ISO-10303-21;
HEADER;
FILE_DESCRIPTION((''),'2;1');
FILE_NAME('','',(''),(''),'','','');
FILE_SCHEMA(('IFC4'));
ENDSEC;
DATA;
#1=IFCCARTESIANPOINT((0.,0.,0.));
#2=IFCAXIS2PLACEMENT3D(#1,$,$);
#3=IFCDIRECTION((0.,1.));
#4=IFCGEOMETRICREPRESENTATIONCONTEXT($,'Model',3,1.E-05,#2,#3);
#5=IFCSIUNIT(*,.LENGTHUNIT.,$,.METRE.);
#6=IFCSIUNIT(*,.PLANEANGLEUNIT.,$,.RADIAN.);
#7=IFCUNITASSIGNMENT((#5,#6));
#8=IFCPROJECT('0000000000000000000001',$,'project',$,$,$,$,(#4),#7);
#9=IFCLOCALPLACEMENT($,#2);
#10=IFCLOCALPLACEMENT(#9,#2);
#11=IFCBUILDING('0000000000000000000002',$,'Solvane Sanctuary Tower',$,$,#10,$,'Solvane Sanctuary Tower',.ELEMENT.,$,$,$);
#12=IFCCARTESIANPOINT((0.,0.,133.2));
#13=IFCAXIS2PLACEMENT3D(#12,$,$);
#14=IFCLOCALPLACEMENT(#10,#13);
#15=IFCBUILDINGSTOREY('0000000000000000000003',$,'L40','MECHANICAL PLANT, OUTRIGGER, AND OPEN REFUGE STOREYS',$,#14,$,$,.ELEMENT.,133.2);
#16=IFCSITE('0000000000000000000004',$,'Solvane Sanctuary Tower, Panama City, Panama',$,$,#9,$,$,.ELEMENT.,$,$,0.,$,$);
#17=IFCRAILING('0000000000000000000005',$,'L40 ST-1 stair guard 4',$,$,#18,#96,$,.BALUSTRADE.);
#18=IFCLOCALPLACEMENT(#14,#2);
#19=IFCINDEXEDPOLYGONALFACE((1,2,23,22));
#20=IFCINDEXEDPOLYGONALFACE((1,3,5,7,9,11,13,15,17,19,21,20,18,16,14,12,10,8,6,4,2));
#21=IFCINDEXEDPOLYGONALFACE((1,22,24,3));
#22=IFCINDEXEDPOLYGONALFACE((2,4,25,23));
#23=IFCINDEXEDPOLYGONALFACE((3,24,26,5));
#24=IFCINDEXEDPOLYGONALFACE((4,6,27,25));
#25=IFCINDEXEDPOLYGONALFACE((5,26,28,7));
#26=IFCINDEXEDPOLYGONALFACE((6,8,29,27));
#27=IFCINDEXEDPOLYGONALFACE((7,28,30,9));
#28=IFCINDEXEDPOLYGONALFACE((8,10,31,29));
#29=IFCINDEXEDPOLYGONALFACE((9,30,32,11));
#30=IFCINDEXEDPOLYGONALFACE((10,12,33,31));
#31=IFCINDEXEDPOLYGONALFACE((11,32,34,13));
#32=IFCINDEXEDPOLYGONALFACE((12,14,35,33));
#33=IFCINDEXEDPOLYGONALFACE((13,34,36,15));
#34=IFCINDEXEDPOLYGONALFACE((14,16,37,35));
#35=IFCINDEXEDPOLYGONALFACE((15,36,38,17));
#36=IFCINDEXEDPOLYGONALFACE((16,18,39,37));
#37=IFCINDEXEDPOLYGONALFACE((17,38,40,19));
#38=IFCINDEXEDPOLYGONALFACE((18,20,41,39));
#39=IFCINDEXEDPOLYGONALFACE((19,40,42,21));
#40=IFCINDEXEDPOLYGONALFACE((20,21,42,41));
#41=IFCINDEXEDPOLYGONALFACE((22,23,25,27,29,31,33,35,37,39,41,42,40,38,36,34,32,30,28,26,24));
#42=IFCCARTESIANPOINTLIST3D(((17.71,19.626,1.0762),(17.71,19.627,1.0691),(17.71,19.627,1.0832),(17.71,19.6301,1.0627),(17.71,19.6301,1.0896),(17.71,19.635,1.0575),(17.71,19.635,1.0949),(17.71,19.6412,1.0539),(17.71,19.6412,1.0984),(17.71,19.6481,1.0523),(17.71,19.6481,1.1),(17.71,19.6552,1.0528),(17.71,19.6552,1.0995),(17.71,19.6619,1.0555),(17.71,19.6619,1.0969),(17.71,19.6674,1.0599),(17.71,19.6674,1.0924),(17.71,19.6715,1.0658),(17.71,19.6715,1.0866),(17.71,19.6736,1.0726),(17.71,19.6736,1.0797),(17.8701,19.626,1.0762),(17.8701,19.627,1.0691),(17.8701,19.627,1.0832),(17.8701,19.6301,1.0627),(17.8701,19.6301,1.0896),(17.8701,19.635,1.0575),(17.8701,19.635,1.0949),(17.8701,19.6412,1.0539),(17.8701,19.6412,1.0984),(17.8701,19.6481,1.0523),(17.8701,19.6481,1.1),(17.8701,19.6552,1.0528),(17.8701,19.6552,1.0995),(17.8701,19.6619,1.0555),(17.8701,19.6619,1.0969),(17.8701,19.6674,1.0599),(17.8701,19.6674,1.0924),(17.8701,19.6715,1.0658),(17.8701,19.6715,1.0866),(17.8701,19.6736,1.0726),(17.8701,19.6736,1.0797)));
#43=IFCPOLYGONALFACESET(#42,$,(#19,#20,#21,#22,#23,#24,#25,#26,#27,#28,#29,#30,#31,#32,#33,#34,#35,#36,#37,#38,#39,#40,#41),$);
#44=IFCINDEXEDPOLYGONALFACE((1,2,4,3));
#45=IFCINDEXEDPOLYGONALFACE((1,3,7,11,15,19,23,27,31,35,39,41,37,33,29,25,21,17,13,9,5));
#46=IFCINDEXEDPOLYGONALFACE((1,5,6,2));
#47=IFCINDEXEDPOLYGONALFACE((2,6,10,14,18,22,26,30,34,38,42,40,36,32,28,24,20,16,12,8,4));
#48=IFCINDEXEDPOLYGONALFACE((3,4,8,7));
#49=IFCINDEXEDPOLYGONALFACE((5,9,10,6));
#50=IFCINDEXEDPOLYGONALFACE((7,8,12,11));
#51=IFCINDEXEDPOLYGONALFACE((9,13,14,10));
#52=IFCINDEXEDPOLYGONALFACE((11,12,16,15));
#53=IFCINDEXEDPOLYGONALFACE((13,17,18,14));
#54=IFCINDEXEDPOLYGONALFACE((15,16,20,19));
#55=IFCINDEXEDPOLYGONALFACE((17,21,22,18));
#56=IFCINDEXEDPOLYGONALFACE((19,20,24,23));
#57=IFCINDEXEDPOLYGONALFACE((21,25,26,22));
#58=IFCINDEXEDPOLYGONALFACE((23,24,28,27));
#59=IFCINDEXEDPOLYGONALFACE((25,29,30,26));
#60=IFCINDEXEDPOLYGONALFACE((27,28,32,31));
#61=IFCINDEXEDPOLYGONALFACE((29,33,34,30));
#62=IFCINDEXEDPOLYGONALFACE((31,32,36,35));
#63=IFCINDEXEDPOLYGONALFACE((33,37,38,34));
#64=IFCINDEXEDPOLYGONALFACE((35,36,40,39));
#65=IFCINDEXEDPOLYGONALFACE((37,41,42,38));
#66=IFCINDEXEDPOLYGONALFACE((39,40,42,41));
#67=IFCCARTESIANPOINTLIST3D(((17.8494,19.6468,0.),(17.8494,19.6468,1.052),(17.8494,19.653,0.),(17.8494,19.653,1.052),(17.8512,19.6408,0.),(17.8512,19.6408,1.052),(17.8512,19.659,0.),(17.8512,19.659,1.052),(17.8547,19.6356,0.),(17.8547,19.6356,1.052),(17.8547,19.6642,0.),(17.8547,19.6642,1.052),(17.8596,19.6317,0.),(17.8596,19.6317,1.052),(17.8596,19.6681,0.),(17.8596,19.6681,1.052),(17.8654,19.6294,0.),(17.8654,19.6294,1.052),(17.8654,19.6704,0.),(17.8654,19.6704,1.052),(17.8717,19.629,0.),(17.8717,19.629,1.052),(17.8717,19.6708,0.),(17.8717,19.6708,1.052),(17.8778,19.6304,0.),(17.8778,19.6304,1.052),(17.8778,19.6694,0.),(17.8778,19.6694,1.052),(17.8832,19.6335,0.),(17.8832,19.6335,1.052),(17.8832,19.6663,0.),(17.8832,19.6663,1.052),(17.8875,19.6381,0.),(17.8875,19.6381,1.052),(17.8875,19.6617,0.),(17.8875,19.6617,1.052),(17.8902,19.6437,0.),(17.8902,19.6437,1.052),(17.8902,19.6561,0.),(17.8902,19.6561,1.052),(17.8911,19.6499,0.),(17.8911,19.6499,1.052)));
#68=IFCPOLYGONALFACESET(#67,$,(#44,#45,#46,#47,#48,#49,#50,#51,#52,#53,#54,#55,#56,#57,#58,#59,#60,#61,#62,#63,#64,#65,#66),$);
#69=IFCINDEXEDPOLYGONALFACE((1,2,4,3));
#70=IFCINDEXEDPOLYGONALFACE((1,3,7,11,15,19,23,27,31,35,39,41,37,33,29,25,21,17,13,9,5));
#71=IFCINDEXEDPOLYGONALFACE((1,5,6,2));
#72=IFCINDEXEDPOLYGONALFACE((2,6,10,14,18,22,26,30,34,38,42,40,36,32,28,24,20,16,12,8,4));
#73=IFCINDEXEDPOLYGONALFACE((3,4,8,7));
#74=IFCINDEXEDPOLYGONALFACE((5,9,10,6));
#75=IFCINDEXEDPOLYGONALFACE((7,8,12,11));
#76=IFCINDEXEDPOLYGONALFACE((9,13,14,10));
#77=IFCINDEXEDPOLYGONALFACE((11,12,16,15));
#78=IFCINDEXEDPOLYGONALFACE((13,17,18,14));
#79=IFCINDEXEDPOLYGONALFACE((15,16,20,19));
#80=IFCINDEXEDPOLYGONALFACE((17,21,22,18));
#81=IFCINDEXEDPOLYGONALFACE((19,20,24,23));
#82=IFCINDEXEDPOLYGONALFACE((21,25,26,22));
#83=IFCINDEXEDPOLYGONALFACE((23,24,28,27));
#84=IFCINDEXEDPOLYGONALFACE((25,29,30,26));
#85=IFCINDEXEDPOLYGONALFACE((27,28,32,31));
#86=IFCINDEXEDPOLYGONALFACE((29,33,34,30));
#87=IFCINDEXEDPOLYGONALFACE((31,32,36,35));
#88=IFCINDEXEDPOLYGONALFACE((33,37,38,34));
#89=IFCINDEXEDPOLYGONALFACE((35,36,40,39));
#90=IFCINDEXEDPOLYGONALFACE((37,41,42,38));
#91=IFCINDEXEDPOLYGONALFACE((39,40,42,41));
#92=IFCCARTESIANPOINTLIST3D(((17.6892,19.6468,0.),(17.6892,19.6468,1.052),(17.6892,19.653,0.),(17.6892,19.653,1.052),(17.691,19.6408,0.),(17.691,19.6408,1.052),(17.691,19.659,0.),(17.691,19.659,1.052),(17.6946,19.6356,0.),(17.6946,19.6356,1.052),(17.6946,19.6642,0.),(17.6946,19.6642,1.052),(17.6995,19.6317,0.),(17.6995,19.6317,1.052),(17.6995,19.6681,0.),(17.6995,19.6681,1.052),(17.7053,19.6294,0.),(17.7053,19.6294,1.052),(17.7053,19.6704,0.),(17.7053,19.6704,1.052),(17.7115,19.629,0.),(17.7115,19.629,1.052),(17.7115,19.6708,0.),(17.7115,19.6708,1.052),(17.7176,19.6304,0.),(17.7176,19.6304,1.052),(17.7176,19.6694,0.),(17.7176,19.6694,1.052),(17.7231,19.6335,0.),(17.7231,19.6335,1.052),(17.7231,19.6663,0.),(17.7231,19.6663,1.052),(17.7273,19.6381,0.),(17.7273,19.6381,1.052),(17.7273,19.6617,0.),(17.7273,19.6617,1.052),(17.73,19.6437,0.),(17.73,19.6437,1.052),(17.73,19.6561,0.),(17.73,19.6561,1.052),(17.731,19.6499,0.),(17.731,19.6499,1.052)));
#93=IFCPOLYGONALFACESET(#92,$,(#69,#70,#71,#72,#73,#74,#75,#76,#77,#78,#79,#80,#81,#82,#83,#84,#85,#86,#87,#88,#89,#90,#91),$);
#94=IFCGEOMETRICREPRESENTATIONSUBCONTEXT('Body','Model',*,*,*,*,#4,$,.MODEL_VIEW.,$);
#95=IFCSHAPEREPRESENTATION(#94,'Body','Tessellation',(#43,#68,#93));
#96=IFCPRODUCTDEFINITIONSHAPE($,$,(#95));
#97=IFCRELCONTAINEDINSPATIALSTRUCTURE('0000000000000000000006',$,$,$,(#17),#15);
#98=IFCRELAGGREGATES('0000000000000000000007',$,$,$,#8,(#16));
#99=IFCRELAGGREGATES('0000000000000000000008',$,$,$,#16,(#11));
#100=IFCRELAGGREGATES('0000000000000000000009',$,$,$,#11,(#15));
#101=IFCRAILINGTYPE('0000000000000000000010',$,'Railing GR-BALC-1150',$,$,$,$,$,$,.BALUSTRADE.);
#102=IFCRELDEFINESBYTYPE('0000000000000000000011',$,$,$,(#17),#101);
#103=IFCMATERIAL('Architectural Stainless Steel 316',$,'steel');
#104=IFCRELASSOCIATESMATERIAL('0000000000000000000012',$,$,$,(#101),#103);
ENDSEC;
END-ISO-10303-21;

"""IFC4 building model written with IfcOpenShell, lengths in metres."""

from ifc_helpers import new_model, si_unit, direction, frame, origin, origin_2d, place, context, subcontext, project, spatial, circle, extrude, material, type_object, element, save


model = new_model("IFC4")

# Units and contexts
model_context = context("Model", 3, precision=1e-05, world=origin(), true_north=direction((0.0, 1.0)))
body_context = subcontext(model_context, "Body", "Model", "MODEL_VIEW")
ifc_project = project(units=[si_unit("LENGTHUNIT", "METRE"), si_unit("PLANEANGLEUNIT", "RADIAN")], contexts=[model_context])

# Site, building, storey
site_placement = place(None, origin())
site = spatial("IfcSite", under=ifc_project, at=site_placement, Name="Solvane Sanctuary Tower, Panama City, Panama", CompositionType="ELEMENT", RefElevation=0.0)
building_placement = place(site_placement, origin())
building = spatial("IfcBuilding", under=site, at=building_placement, Name="Solvane Sanctuary Tower", LongName="Solvane Sanctuary Tower", CompositionType="ELEMENT")
storey_placement = place(building_placement, frame((0.0, 0.0, 133.2)))
storey = spatial("IfcBuildingStorey", under=building, at=storey_placement, Name="L40", Description="MECHANICAL PLANT, OUTRIGGER, AND OPEN REFUGE STOREYS", CompositionType="ELEMENT", Elevation=133.2)

# Shared definitions
ifc_material_1 = material(Name="Architectural Stainless Steel 316", Category="steel")

# Railing
railing_type_1 = type_object("IfcRailingType", Name="Railing GR-BALC-1150", PredefinedType="BALUSTRADE", material=ifc_material_1)
railing_1_placement = place(storey_placement, frame((17.8701, 19.6499, 0.0)))
element("IfcRailing", 1, at=railing_1_placement, inside=storey, type_object=railing_type_1, Name="L40 ST-1 stair guard 4", PredefinedType="BALUSTRADE", context=body_context, shape_type="SweptSolid", body=[
    extrude(circle(Radius=0.0239, at=origin_2d()), frame((0.0, 0.0, 1.0762), z_axis=(-1.0, 0.0, 0.0), x_axis=(0.0, -1.0, 0.0)), (0.0, 0.0, 1.0), 0.1602),
    extrude(circle(Radius=0.021, at=origin_2d()), origin(), (0.0, 0.0, 1.0), 1.052),
    extrude(circle(Radius=0.021, at=origin_2d()), frame((-0.1602, 0.0, 0.0)), (0.0, 0.0, 1.0), 1.052),
])

save(model, "model.ifc")
